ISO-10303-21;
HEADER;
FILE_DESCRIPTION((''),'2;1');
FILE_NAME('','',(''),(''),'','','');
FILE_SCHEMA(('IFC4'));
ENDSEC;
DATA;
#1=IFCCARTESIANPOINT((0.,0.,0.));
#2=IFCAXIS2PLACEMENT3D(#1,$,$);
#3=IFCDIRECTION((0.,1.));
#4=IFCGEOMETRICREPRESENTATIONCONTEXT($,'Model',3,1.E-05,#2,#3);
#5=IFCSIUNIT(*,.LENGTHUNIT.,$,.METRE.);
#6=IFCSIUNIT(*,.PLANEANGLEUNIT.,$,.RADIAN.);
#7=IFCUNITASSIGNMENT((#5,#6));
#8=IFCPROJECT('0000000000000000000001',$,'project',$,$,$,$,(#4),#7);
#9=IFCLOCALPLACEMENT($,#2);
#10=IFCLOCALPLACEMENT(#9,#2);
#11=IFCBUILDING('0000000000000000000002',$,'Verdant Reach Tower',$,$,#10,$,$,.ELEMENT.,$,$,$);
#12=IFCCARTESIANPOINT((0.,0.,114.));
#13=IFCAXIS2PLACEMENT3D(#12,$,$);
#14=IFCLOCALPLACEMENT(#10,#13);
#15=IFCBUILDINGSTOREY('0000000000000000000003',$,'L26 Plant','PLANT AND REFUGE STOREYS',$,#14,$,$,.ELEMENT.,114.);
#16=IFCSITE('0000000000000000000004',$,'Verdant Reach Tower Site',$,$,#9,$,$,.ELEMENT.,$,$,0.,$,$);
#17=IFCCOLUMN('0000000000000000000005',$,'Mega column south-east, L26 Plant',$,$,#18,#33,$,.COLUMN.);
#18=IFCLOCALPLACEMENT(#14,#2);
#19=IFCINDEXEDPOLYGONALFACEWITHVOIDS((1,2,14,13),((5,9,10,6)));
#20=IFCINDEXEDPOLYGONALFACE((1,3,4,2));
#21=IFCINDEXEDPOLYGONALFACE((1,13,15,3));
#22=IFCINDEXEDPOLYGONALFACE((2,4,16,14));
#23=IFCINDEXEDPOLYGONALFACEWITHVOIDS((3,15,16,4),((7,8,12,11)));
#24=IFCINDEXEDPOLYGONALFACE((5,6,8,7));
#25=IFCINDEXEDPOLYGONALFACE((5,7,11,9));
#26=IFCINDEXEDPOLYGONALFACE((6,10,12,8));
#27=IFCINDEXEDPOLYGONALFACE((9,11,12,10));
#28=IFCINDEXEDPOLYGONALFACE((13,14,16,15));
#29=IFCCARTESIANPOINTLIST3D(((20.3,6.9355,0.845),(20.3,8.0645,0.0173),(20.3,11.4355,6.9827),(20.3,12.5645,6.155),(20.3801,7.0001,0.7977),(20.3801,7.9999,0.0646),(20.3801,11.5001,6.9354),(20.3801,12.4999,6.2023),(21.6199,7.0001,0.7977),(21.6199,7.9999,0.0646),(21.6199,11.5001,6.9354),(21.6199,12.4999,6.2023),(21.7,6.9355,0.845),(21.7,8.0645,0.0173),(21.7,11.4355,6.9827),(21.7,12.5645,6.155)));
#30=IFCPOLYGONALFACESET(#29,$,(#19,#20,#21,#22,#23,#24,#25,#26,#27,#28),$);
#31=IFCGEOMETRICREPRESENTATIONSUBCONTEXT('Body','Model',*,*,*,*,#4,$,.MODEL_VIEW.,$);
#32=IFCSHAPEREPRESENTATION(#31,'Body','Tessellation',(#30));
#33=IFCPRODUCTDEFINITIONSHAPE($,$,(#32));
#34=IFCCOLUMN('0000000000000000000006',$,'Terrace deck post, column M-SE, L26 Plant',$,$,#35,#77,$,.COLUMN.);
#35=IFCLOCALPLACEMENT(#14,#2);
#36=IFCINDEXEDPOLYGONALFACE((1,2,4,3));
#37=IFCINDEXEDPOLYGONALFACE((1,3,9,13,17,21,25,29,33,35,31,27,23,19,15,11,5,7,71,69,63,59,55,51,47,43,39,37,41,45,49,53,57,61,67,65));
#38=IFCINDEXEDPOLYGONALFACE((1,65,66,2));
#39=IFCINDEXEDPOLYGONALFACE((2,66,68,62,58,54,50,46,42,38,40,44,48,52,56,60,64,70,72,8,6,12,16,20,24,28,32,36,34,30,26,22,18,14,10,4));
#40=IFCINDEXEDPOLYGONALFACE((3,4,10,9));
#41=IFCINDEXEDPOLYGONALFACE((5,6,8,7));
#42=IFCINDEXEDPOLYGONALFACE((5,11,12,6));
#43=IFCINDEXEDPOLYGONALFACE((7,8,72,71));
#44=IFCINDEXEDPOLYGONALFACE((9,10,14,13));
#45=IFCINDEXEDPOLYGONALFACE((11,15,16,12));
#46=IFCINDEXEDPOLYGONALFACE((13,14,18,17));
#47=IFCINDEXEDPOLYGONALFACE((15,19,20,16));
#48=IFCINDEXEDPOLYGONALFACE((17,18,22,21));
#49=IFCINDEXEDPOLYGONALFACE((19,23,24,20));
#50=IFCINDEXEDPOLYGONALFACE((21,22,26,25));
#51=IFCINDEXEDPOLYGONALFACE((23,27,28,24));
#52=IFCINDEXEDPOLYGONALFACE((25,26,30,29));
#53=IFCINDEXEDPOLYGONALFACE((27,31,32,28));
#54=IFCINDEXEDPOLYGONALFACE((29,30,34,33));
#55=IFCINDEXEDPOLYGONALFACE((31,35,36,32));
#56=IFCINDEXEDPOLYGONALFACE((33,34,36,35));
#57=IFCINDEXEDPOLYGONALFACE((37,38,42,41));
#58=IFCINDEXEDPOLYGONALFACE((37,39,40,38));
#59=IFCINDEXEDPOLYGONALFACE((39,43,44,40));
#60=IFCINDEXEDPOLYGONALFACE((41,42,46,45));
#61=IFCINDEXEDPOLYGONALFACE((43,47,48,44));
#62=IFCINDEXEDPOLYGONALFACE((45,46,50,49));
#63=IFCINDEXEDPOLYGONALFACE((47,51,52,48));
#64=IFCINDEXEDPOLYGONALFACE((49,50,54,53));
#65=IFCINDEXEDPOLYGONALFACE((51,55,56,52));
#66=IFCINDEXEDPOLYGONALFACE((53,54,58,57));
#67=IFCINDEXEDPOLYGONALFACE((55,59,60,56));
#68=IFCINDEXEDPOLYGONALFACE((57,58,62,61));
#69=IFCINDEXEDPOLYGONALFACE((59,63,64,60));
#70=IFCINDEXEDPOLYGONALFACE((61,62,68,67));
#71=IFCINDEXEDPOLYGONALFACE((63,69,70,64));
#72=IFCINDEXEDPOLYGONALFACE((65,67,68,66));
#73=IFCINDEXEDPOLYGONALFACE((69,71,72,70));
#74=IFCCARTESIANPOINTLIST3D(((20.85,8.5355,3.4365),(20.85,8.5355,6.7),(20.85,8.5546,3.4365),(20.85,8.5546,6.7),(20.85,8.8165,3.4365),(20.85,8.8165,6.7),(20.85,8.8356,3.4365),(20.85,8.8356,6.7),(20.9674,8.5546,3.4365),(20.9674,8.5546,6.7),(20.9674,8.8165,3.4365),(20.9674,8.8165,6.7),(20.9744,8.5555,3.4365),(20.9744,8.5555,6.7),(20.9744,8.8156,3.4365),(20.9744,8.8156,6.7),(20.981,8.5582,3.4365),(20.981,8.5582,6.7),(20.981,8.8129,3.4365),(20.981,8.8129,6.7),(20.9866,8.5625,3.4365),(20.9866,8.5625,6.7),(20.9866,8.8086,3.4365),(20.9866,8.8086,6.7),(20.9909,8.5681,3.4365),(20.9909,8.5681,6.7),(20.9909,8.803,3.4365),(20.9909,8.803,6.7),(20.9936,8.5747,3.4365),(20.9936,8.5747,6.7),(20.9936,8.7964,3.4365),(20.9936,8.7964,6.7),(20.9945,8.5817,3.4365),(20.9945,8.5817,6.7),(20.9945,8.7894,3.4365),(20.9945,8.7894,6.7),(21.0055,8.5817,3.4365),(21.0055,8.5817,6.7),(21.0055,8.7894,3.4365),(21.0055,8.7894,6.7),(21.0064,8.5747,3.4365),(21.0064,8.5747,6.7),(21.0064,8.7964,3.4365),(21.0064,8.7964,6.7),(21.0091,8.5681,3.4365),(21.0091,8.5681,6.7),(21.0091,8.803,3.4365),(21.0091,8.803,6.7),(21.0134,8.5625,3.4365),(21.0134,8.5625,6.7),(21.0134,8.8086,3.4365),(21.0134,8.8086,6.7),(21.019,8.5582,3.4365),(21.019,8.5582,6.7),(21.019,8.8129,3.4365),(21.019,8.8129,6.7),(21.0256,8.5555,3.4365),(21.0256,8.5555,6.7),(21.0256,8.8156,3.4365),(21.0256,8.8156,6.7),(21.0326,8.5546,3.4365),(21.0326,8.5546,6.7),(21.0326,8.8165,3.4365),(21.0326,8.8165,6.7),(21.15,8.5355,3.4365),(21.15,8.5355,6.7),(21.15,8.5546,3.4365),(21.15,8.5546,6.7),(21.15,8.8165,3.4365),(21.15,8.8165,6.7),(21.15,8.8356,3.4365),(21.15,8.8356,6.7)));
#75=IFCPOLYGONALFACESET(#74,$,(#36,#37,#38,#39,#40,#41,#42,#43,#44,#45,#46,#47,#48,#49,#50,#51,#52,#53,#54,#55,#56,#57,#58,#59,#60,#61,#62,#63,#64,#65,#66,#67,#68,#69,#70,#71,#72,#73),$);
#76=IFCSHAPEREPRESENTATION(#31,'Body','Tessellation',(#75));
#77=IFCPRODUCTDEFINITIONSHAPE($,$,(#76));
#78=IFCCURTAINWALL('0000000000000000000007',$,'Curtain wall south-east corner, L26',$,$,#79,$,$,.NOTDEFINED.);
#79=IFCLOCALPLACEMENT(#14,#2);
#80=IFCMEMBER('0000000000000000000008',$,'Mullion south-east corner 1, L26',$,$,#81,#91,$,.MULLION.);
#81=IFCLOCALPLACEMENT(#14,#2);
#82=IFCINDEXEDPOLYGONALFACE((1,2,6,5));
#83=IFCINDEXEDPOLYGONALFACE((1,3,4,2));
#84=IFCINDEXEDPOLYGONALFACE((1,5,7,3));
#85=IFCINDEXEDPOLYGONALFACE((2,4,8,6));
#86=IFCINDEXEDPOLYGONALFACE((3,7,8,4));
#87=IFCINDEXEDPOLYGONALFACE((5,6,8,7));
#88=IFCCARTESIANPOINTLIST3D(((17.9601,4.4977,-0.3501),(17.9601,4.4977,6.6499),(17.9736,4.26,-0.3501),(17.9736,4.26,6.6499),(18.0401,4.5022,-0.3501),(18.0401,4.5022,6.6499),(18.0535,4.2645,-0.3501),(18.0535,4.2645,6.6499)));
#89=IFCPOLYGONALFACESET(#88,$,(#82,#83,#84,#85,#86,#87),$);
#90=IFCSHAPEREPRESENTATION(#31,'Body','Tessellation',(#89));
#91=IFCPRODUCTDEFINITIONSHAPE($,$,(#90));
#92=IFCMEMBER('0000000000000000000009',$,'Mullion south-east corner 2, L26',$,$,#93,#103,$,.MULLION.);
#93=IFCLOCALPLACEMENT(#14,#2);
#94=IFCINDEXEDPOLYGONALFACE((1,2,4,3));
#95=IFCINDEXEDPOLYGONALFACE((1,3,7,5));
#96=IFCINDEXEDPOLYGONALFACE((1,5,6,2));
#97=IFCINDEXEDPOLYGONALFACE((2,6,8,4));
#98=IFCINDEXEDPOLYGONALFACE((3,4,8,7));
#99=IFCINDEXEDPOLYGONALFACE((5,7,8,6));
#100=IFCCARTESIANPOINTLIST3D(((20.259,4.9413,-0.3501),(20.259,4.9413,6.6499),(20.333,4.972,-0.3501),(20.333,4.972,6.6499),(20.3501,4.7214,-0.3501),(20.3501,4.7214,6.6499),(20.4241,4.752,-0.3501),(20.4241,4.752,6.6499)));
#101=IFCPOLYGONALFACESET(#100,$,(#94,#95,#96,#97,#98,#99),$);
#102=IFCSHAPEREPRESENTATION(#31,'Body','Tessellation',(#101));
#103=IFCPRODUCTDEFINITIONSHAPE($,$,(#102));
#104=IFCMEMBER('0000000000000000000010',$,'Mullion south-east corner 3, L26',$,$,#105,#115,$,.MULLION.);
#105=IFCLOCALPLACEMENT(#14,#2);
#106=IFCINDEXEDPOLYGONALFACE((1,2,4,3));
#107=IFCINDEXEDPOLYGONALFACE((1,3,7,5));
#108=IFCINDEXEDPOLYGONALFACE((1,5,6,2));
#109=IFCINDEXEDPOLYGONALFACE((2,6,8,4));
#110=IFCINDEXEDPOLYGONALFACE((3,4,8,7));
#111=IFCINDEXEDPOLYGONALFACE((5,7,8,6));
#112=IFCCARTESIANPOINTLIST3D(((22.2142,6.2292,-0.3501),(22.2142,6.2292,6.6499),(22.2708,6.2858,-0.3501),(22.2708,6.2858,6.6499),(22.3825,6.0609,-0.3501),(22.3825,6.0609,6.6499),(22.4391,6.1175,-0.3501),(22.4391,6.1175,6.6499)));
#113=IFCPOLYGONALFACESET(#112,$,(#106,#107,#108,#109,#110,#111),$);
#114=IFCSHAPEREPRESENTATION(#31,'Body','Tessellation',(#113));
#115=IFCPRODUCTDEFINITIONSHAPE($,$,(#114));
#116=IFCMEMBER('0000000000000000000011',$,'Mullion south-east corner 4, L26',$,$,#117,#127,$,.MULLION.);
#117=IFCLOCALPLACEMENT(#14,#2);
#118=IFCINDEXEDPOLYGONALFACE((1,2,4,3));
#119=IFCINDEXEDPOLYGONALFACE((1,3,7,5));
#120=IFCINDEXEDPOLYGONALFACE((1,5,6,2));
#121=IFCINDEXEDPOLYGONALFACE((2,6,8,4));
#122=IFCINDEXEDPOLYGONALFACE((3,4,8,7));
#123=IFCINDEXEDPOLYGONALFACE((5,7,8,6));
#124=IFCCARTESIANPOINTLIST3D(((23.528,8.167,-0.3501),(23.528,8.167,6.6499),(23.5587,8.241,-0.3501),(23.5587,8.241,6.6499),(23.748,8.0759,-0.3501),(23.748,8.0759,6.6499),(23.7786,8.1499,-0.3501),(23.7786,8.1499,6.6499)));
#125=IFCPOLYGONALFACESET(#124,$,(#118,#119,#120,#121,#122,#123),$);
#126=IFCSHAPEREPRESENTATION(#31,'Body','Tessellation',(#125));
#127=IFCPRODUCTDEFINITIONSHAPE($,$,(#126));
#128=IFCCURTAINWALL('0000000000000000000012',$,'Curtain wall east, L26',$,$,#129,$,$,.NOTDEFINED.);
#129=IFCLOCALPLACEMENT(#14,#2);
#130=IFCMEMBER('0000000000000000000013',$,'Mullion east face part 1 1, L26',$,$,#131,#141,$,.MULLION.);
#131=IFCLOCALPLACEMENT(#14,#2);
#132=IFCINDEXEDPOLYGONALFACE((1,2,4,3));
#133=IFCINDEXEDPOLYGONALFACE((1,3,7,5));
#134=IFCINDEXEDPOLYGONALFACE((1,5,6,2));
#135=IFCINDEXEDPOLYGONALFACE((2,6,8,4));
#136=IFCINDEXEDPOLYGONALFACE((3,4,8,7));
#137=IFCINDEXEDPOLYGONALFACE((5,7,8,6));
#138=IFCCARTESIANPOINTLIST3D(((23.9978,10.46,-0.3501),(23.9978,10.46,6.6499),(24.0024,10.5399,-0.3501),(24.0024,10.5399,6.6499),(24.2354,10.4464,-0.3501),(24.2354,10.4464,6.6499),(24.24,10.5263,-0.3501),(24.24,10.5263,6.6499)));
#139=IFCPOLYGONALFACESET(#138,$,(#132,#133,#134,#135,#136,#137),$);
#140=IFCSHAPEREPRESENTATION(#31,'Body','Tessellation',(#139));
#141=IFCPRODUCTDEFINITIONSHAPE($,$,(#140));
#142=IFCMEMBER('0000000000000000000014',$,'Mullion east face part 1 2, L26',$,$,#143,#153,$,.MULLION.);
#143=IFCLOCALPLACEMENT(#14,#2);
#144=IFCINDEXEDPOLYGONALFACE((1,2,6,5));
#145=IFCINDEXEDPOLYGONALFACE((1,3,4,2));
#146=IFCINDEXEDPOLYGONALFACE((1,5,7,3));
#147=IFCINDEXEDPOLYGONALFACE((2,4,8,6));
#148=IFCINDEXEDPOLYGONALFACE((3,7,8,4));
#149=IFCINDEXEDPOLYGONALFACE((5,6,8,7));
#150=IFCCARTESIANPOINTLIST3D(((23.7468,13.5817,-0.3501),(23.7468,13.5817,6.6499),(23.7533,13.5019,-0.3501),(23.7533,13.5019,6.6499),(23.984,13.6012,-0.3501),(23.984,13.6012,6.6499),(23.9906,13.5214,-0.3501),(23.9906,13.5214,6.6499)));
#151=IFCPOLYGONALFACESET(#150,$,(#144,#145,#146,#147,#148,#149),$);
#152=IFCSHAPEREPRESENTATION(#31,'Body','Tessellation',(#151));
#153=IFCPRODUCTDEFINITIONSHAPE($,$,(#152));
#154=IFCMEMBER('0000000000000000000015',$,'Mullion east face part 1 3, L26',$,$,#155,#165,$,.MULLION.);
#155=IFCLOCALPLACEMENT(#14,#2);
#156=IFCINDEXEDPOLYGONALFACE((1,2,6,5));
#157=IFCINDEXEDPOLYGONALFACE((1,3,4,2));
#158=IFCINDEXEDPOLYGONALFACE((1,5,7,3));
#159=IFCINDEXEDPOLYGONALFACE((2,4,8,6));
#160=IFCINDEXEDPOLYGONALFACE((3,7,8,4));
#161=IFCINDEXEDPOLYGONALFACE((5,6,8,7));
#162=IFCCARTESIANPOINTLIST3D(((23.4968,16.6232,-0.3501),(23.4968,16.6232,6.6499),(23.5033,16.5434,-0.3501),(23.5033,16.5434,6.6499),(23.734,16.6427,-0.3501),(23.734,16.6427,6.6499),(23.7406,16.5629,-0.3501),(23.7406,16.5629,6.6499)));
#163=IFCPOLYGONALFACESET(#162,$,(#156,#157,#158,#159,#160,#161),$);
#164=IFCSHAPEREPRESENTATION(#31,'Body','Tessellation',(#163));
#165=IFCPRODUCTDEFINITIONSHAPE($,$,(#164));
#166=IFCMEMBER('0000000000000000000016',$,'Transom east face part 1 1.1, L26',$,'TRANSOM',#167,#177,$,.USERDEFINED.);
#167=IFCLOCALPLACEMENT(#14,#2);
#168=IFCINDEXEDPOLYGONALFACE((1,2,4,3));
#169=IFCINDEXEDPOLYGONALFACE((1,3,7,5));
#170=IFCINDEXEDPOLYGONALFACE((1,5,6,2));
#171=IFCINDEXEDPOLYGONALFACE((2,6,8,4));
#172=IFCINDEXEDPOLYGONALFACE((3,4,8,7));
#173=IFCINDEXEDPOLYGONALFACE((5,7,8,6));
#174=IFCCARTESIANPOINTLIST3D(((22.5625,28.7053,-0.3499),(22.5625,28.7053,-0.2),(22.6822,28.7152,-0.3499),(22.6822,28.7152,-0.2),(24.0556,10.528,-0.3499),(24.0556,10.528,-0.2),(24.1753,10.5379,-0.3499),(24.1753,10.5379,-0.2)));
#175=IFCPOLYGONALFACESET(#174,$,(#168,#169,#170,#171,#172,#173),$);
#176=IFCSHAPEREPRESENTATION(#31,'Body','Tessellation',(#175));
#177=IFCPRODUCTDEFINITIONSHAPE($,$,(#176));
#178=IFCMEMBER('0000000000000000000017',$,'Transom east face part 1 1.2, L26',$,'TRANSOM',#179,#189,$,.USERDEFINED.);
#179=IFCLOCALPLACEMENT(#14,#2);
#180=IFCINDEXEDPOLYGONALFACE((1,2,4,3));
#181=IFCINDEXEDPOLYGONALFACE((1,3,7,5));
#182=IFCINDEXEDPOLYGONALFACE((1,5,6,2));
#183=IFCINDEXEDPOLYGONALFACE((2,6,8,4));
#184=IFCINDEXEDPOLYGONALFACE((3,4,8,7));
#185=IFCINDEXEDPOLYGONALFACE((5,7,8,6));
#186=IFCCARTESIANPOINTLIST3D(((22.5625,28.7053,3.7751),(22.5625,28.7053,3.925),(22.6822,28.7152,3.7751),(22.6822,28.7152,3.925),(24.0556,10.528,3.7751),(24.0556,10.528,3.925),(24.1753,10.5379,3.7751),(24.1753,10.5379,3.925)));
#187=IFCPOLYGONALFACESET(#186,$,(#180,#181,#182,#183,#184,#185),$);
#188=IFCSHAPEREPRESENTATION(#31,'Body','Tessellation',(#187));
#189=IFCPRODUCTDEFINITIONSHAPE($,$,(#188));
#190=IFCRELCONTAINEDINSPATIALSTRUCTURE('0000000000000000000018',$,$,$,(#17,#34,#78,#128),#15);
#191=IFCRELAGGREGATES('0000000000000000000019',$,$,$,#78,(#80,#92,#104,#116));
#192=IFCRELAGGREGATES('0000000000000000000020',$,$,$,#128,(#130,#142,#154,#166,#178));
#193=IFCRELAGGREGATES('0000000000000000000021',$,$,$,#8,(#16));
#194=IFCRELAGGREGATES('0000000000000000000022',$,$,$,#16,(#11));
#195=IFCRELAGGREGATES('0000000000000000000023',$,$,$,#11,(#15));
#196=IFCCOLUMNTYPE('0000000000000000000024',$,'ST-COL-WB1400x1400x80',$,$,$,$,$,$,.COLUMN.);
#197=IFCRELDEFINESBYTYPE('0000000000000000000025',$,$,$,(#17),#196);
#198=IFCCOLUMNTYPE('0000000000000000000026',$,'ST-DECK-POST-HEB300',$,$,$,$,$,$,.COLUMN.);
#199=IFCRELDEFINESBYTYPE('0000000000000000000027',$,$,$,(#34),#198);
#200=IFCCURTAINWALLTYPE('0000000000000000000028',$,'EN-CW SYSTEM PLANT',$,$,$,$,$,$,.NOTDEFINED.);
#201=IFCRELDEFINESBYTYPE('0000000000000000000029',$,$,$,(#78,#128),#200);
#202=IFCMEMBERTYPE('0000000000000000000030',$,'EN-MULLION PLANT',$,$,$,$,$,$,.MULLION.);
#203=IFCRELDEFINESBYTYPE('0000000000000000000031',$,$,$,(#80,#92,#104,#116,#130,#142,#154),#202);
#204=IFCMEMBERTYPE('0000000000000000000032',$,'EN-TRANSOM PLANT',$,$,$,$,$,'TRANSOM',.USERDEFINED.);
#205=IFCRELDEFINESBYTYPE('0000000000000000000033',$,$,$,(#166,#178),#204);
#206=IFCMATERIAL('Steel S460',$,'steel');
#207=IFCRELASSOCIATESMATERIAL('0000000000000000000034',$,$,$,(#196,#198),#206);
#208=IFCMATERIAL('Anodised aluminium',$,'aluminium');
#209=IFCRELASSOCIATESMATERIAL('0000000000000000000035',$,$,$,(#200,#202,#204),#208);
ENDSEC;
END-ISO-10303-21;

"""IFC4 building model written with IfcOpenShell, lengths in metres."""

from ifc_helpers import new_model, si_unit, direction, frame, origin, origin_2d, place, context, subcontext, project, spatial, rectangle, hollow_rectangle, i_section, extrude, material, material_profile, profile_set, type_object, element, aggregate, save


model = new_model("IFC4")

# Units and contexts
model_context = context("Model", 3, precision=1e-05, world=origin(), true_north=direction((0.0, 1.0)))
body_context = subcontext(model_context, "Body", "Model", "MODEL_VIEW")
ifc_project = project(units=[si_unit("LENGTHUNIT", "METRE"), si_unit("PLANEANGLEUNIT", "RADIAN")], contexts=[model_context])

# Site, building, storey
site_placement = place(None, origin())
site = spatial("IfcSite", under=ifc_project, at=site_placement, Name="Verdant Reach Tower Site", CompositionType="ELEMENT", RefElevation=0.0)
building_placement = place(site_placement, origin())
building = spatial("IfcBuilding", under=site, at=building_placement, Name="Verdant Reach Tower", CompositionType="ELEMENT")
storey_placement = place(building_placement, frame((0.0, 0.0, 114.0)))
storey = spatial("IfcBuildingStorey", under=building, at=storey_placement, Name="L26 Plant", Description="PLANT AND REFUGE STOREYS", CompositionType="ELEMENT", Elevation=114.0)

# Columns
ifc_material_1 = material(Name="Steel S460", Category="steel")
ifc_material_profile_1 = material_profile(ifc_material_1, hollow_rectangle(XDim=1.3999, YDim=1.3999, WallThickness=0.0801, at=origin_2d()), Name="WB 1400x1400x80")
ifc_profile_set_1 = profile_set([ifc_material_profile_1], Name="Steel S460")
column_type_1 = type_object("IfcColumnType", Name="ST-COL-WB1400x1400x80", PredefinedType="COLUMN", material=ifc_profile_set_1)
column_1_placement = place(storey_placement, frame((21.0, 7.5, 0.4312), z_axis=(0.0, 0.59128, 0.806466), x_axis=(-1.0, 0.0, 0.0)))
element("IfcColumn", 1, at=column_1_placement, inside=storey, type_object=column_type_1, Name="Mega column south-east, L26 Plant", PredefinedType="COLUMN", context=body_context, shape_type="SweptSolid", body=[
    extrude(hollow_rectangle(XDim=1.3999, YDim=1.3999, WallThickness=0.0801, at=origin_2d()), origin(), (0.0, 0.0, 1.0), 7.6106),
])
ifc_material_profile_2 = material_profile(ifc_material_1, i_section(OverallWidth=0.3, OverallDepth=0.3, WebThickness=0.011, FlangeThickness=0.019, FilletRadius=0.0271, at=origin_2d()), Name="HEB 300")
ifc_profile_set_2 = profile_set([ifc_material_profile_2], Name="Steel S460")
column_type_2 = type_object("IfcColumnType", Name="ST-DECK-POST-HEB300", PredefinedType="COLUMN", material=ifc_profile_set_2)
column_2_placement = place(storey_placement, frame((21.0, 8.6855, 3.4365), z_axis=(0.0, 0.0, 1.0), x_axis=(1.0, 0.0, 0.0)))
element("IfcColumn", 2, at=column_2_placement, inside=storey, type_object=column_type_2, Name="Terrace deck post, column M-SE, L26 Plant", PredefinedType="COLUMN", context=body_context, shape_type="SweptSolid", body=[
    extrude(i_section(OverallWidth=0.3, OverallDepth=0.3, WebThickness=0.011, FlangeThickness=0.019, FilletRadius=0.0271, at=origin_2d()), origin(), (0.0, 0.0, 1.0), 3.2634),
])

# Curtain walls, members
ifc_material_2 = material(Name="Anodised aluminium", Category="aluminium")
curtain_wall_type = type_object("IfcCurtainWallType", Name="EN-CW SYSTEM PLANT", PredefinedType="NOTDEFINED", material=ifc_material_2)
curtain_wall_1_placement = place(storey_placement, origin())
curtain_wall_1 = element("IfcCurtainWall", 3, at=curtain_wall_1_placement, inside=storey, type_object=curtain_wall_type, Name="Curtain wall south-east corner, L26", PredefinedType="NOTDEFINED")
ifc_material_profile_3 = material_profile(ifc_material_2, rectangle(XDim=0.238, YDim=0.0801, at=origin_2d()), Name="Mullion 80x240")
ifc_profile_set_3 = profile_set([ifc_material_profile_3], Name="Anodised aluminium")
member_type_1 = type_object("IfcMemberType", Name="EN-MULLION PLANT", PredefinedType="MULLION", material=ifc_profile_set_3)
member_1_placement = place(storey_placement, frame((18.0068, 4.3811, -0.3501), z_axis=(0.0, 0.0, 1.0), x_axis=(0.056569, -0.998399, 0.0)))
member_1 = element("IfcMember", 4, at=member_1_placement, type_object=member_type_1, Name="Mullion south-east corner 1, L26", PredefinedType="MULLION", context=body_context, shape_type="SweptSolid", body=[
    extrude(rectangle(XDim=0.238, YDim=0.0801, at=origin_2d()), origin(), (0.0, 0.0, 1.0), 7.0),
])
member_2_placement = place(storey_placement, frame((20.3416, 4.8467, -0.3501), z_axis=(0.0, 0.0, 1.0), x_axis=(0.382694, -0.923875, 0.0)))
member_2 = element("IfcMember", 5, at=member_2_placement, type_object=member_type_1, Name="Mullion south-east corner 2, L26", PredefinedType="MULLION", context=body_context, shape_type="SweptSolid", body=[
    extrude(rectangle(XDim=0.238, YDim=0.0801, at=origin_2d()), origin(), (0.0, 0.0, 1.0), 7.0),
])
member_3_placement = place(storey_placement, frame((22.3267, 6.1733, -0.3501), z_axis=(0.0, 0.0, 1.0), x_axis=(0.707107, -0.707107, 0.0)))
member_3 = element("IfcMember", 6, at=member_3_placement, type_object=member_type_1, Name="Mullion south-east corner 3, L26", PredefinedType="MULLION", context=body_context, shape_type="SweptSolid", body=[
    extrude(rectangle(XDim=0.238, YDim=0.0801, at=origin_2d()), origin(), (0.0, 0.0, 1.0), 7.0),
])
member_4_placement = place(storey_placement, frame((23.6533, 8.1584, -0.3501), z_axis=(0.0, 0.0, 1.0), x_axis=(0.923875, -0.382694, 0.0)))
member_4 = element("IfcMember", 7, at=member_4_placement, type_object=member_type_1, Name="Mullion south-east corner 4, L26", PredefinedType="MULLION", context=body_context, shape_type="SweptSolid", body=[
    extrude(rectangle(XDim=0.238, YDim=0.0801, at=origin_2d()), origin(), (0.0, 0.0, 1.0), 7.0),
])
curtain_wall_2_placement = place(storey_placement, origin())
curtain_wall_2 = element("IfcCurtainWall", 8, at=curtain_wall_2_placement, inside=storey, type_object=curtain_wall_type, Name="Curtain wall east, L26", PredefinedType="NOTDEFINED")
member_5_placement = place(storey_placement, frame((24.1189, 10.4932, -0.3501), z_axis=(0.0, 0.0, 1.0), x_axis=(0.998366, -0.057135, 0.0)))
member_5 = element("IfcMember", 9, at=member_5_placement, type_object=member_type_1, Name="Mullion east face part 1 1, L26", PredefinedType="MULLION", context=body_context, shape_type="SweptSolid", body=[
    extrude(rectangle(XDim=0.238, YDim=0.0801, at=origin_2d()), origin(), (0.0, 0.0, 1.0), 7.0),
])
member_6_placement = place(storey_placement, frame((23.8687, 13.5515, -0.3501), z_axis=(0.0, 0.0, 1.0), x_axis=(0.996639, 0.081916, 0.0)))
member_6 = element("IfcMember", 10, at=member_6_placement, type_object=member_type_1, Name="Mullion east face part 1 2, L26", PredefinedType="MULLION", context=body_context, shape_type="SweptSolid", body=[
    extrude(rectangle(XDim=0.238, YDim=0.0801, at=origin_2d()), origin(), (0.0, 0.0, 1.0), 7.0),
])
member_7_placement = place(storey_placement, frame((23.6187, 16.593, -0.3501), z_axis=(0.0, 0.0, 1.0), x_axis=(0.996639, 0.081916, 0.0)))
member_7 = element("IfcMember", 11, at=member_7_placement, type_object=member_type_1, Name="Mullion east face part 1 3, L26", PredefinedType="MULLION", context=body_context, shape_type="SweptSolid", body=[
    extrude(rectangle(XDim=0.238, YDim=0.0801, at=origin_2d()), origin(), (0.0, 0.0, 1.0), 7.0),
])
ifc_material_profile_4 = material_profile(ifc_material_2, rectangle(XDim=0.1201, YDim=0.1499, at=origin_2d()), Name="Transom 150x120")
ifc_profile_set_4 = profile_set([ifc_material_profile_4], Name="Anodised aluminium")
member_type_2 = type_object("IfcMemberType", Name="EN-TRANSOM PLANT", ElementType="TRANSOM", PredefinedType="USERDEFINED", material=ifc_profile_set_4)
member_8_placement = place(storey_placement, frame((24.1155, 10.533, -0.2749), z_axis=(-0.081869, 0.996643, 0.0), x_axis=(-0.996643, -0.081869, 0.0)))
member_8 = element("IfcMember", 12, at=member_8_placement, type_object=member_type_2, Name="Transom east face part 1 1.1, L26", ObjectType="TRANSOM", PredefinedType="USERDEFINED", context=body_context, shape_type="SweptSolid", body=[
    extrude(rectangle(XDim=0.1201, YDim=0.1499, at=origin_2d()), origin(), (0.0, 0.0, 1.0), 18.2385),
])
member_9_placement = place(storey_placement, frame((24.1155, 10.533, 3.8501), z_axis=(-0.081869, 0.996643, 0.0), x_axis=(-0.996643, -0.081869, 0.0)))
member_9 = element("IfcMember", 13, at=member_9_placement, type_object=member_type_2, Name="Transom east face part 1 1.2, L26", ObjectType="TRANSOM", PredefinedType="USERDEFINED", context=body_context, shape_type="SweptSolid", body=[
    extrude(rectangle(XDim=0.1201, YDim=0.1499, at=origin_2d()), origin(), (0.0, 0.0, 1.0), 18.2385),
])

aggregate(curtain_wall_1, [member_1, member_2, member_3, member_4])
aggregate(curtain_wall_2, [member_5, member_6, member_7, member_8, member_9])

save(model, "model.ifc")
